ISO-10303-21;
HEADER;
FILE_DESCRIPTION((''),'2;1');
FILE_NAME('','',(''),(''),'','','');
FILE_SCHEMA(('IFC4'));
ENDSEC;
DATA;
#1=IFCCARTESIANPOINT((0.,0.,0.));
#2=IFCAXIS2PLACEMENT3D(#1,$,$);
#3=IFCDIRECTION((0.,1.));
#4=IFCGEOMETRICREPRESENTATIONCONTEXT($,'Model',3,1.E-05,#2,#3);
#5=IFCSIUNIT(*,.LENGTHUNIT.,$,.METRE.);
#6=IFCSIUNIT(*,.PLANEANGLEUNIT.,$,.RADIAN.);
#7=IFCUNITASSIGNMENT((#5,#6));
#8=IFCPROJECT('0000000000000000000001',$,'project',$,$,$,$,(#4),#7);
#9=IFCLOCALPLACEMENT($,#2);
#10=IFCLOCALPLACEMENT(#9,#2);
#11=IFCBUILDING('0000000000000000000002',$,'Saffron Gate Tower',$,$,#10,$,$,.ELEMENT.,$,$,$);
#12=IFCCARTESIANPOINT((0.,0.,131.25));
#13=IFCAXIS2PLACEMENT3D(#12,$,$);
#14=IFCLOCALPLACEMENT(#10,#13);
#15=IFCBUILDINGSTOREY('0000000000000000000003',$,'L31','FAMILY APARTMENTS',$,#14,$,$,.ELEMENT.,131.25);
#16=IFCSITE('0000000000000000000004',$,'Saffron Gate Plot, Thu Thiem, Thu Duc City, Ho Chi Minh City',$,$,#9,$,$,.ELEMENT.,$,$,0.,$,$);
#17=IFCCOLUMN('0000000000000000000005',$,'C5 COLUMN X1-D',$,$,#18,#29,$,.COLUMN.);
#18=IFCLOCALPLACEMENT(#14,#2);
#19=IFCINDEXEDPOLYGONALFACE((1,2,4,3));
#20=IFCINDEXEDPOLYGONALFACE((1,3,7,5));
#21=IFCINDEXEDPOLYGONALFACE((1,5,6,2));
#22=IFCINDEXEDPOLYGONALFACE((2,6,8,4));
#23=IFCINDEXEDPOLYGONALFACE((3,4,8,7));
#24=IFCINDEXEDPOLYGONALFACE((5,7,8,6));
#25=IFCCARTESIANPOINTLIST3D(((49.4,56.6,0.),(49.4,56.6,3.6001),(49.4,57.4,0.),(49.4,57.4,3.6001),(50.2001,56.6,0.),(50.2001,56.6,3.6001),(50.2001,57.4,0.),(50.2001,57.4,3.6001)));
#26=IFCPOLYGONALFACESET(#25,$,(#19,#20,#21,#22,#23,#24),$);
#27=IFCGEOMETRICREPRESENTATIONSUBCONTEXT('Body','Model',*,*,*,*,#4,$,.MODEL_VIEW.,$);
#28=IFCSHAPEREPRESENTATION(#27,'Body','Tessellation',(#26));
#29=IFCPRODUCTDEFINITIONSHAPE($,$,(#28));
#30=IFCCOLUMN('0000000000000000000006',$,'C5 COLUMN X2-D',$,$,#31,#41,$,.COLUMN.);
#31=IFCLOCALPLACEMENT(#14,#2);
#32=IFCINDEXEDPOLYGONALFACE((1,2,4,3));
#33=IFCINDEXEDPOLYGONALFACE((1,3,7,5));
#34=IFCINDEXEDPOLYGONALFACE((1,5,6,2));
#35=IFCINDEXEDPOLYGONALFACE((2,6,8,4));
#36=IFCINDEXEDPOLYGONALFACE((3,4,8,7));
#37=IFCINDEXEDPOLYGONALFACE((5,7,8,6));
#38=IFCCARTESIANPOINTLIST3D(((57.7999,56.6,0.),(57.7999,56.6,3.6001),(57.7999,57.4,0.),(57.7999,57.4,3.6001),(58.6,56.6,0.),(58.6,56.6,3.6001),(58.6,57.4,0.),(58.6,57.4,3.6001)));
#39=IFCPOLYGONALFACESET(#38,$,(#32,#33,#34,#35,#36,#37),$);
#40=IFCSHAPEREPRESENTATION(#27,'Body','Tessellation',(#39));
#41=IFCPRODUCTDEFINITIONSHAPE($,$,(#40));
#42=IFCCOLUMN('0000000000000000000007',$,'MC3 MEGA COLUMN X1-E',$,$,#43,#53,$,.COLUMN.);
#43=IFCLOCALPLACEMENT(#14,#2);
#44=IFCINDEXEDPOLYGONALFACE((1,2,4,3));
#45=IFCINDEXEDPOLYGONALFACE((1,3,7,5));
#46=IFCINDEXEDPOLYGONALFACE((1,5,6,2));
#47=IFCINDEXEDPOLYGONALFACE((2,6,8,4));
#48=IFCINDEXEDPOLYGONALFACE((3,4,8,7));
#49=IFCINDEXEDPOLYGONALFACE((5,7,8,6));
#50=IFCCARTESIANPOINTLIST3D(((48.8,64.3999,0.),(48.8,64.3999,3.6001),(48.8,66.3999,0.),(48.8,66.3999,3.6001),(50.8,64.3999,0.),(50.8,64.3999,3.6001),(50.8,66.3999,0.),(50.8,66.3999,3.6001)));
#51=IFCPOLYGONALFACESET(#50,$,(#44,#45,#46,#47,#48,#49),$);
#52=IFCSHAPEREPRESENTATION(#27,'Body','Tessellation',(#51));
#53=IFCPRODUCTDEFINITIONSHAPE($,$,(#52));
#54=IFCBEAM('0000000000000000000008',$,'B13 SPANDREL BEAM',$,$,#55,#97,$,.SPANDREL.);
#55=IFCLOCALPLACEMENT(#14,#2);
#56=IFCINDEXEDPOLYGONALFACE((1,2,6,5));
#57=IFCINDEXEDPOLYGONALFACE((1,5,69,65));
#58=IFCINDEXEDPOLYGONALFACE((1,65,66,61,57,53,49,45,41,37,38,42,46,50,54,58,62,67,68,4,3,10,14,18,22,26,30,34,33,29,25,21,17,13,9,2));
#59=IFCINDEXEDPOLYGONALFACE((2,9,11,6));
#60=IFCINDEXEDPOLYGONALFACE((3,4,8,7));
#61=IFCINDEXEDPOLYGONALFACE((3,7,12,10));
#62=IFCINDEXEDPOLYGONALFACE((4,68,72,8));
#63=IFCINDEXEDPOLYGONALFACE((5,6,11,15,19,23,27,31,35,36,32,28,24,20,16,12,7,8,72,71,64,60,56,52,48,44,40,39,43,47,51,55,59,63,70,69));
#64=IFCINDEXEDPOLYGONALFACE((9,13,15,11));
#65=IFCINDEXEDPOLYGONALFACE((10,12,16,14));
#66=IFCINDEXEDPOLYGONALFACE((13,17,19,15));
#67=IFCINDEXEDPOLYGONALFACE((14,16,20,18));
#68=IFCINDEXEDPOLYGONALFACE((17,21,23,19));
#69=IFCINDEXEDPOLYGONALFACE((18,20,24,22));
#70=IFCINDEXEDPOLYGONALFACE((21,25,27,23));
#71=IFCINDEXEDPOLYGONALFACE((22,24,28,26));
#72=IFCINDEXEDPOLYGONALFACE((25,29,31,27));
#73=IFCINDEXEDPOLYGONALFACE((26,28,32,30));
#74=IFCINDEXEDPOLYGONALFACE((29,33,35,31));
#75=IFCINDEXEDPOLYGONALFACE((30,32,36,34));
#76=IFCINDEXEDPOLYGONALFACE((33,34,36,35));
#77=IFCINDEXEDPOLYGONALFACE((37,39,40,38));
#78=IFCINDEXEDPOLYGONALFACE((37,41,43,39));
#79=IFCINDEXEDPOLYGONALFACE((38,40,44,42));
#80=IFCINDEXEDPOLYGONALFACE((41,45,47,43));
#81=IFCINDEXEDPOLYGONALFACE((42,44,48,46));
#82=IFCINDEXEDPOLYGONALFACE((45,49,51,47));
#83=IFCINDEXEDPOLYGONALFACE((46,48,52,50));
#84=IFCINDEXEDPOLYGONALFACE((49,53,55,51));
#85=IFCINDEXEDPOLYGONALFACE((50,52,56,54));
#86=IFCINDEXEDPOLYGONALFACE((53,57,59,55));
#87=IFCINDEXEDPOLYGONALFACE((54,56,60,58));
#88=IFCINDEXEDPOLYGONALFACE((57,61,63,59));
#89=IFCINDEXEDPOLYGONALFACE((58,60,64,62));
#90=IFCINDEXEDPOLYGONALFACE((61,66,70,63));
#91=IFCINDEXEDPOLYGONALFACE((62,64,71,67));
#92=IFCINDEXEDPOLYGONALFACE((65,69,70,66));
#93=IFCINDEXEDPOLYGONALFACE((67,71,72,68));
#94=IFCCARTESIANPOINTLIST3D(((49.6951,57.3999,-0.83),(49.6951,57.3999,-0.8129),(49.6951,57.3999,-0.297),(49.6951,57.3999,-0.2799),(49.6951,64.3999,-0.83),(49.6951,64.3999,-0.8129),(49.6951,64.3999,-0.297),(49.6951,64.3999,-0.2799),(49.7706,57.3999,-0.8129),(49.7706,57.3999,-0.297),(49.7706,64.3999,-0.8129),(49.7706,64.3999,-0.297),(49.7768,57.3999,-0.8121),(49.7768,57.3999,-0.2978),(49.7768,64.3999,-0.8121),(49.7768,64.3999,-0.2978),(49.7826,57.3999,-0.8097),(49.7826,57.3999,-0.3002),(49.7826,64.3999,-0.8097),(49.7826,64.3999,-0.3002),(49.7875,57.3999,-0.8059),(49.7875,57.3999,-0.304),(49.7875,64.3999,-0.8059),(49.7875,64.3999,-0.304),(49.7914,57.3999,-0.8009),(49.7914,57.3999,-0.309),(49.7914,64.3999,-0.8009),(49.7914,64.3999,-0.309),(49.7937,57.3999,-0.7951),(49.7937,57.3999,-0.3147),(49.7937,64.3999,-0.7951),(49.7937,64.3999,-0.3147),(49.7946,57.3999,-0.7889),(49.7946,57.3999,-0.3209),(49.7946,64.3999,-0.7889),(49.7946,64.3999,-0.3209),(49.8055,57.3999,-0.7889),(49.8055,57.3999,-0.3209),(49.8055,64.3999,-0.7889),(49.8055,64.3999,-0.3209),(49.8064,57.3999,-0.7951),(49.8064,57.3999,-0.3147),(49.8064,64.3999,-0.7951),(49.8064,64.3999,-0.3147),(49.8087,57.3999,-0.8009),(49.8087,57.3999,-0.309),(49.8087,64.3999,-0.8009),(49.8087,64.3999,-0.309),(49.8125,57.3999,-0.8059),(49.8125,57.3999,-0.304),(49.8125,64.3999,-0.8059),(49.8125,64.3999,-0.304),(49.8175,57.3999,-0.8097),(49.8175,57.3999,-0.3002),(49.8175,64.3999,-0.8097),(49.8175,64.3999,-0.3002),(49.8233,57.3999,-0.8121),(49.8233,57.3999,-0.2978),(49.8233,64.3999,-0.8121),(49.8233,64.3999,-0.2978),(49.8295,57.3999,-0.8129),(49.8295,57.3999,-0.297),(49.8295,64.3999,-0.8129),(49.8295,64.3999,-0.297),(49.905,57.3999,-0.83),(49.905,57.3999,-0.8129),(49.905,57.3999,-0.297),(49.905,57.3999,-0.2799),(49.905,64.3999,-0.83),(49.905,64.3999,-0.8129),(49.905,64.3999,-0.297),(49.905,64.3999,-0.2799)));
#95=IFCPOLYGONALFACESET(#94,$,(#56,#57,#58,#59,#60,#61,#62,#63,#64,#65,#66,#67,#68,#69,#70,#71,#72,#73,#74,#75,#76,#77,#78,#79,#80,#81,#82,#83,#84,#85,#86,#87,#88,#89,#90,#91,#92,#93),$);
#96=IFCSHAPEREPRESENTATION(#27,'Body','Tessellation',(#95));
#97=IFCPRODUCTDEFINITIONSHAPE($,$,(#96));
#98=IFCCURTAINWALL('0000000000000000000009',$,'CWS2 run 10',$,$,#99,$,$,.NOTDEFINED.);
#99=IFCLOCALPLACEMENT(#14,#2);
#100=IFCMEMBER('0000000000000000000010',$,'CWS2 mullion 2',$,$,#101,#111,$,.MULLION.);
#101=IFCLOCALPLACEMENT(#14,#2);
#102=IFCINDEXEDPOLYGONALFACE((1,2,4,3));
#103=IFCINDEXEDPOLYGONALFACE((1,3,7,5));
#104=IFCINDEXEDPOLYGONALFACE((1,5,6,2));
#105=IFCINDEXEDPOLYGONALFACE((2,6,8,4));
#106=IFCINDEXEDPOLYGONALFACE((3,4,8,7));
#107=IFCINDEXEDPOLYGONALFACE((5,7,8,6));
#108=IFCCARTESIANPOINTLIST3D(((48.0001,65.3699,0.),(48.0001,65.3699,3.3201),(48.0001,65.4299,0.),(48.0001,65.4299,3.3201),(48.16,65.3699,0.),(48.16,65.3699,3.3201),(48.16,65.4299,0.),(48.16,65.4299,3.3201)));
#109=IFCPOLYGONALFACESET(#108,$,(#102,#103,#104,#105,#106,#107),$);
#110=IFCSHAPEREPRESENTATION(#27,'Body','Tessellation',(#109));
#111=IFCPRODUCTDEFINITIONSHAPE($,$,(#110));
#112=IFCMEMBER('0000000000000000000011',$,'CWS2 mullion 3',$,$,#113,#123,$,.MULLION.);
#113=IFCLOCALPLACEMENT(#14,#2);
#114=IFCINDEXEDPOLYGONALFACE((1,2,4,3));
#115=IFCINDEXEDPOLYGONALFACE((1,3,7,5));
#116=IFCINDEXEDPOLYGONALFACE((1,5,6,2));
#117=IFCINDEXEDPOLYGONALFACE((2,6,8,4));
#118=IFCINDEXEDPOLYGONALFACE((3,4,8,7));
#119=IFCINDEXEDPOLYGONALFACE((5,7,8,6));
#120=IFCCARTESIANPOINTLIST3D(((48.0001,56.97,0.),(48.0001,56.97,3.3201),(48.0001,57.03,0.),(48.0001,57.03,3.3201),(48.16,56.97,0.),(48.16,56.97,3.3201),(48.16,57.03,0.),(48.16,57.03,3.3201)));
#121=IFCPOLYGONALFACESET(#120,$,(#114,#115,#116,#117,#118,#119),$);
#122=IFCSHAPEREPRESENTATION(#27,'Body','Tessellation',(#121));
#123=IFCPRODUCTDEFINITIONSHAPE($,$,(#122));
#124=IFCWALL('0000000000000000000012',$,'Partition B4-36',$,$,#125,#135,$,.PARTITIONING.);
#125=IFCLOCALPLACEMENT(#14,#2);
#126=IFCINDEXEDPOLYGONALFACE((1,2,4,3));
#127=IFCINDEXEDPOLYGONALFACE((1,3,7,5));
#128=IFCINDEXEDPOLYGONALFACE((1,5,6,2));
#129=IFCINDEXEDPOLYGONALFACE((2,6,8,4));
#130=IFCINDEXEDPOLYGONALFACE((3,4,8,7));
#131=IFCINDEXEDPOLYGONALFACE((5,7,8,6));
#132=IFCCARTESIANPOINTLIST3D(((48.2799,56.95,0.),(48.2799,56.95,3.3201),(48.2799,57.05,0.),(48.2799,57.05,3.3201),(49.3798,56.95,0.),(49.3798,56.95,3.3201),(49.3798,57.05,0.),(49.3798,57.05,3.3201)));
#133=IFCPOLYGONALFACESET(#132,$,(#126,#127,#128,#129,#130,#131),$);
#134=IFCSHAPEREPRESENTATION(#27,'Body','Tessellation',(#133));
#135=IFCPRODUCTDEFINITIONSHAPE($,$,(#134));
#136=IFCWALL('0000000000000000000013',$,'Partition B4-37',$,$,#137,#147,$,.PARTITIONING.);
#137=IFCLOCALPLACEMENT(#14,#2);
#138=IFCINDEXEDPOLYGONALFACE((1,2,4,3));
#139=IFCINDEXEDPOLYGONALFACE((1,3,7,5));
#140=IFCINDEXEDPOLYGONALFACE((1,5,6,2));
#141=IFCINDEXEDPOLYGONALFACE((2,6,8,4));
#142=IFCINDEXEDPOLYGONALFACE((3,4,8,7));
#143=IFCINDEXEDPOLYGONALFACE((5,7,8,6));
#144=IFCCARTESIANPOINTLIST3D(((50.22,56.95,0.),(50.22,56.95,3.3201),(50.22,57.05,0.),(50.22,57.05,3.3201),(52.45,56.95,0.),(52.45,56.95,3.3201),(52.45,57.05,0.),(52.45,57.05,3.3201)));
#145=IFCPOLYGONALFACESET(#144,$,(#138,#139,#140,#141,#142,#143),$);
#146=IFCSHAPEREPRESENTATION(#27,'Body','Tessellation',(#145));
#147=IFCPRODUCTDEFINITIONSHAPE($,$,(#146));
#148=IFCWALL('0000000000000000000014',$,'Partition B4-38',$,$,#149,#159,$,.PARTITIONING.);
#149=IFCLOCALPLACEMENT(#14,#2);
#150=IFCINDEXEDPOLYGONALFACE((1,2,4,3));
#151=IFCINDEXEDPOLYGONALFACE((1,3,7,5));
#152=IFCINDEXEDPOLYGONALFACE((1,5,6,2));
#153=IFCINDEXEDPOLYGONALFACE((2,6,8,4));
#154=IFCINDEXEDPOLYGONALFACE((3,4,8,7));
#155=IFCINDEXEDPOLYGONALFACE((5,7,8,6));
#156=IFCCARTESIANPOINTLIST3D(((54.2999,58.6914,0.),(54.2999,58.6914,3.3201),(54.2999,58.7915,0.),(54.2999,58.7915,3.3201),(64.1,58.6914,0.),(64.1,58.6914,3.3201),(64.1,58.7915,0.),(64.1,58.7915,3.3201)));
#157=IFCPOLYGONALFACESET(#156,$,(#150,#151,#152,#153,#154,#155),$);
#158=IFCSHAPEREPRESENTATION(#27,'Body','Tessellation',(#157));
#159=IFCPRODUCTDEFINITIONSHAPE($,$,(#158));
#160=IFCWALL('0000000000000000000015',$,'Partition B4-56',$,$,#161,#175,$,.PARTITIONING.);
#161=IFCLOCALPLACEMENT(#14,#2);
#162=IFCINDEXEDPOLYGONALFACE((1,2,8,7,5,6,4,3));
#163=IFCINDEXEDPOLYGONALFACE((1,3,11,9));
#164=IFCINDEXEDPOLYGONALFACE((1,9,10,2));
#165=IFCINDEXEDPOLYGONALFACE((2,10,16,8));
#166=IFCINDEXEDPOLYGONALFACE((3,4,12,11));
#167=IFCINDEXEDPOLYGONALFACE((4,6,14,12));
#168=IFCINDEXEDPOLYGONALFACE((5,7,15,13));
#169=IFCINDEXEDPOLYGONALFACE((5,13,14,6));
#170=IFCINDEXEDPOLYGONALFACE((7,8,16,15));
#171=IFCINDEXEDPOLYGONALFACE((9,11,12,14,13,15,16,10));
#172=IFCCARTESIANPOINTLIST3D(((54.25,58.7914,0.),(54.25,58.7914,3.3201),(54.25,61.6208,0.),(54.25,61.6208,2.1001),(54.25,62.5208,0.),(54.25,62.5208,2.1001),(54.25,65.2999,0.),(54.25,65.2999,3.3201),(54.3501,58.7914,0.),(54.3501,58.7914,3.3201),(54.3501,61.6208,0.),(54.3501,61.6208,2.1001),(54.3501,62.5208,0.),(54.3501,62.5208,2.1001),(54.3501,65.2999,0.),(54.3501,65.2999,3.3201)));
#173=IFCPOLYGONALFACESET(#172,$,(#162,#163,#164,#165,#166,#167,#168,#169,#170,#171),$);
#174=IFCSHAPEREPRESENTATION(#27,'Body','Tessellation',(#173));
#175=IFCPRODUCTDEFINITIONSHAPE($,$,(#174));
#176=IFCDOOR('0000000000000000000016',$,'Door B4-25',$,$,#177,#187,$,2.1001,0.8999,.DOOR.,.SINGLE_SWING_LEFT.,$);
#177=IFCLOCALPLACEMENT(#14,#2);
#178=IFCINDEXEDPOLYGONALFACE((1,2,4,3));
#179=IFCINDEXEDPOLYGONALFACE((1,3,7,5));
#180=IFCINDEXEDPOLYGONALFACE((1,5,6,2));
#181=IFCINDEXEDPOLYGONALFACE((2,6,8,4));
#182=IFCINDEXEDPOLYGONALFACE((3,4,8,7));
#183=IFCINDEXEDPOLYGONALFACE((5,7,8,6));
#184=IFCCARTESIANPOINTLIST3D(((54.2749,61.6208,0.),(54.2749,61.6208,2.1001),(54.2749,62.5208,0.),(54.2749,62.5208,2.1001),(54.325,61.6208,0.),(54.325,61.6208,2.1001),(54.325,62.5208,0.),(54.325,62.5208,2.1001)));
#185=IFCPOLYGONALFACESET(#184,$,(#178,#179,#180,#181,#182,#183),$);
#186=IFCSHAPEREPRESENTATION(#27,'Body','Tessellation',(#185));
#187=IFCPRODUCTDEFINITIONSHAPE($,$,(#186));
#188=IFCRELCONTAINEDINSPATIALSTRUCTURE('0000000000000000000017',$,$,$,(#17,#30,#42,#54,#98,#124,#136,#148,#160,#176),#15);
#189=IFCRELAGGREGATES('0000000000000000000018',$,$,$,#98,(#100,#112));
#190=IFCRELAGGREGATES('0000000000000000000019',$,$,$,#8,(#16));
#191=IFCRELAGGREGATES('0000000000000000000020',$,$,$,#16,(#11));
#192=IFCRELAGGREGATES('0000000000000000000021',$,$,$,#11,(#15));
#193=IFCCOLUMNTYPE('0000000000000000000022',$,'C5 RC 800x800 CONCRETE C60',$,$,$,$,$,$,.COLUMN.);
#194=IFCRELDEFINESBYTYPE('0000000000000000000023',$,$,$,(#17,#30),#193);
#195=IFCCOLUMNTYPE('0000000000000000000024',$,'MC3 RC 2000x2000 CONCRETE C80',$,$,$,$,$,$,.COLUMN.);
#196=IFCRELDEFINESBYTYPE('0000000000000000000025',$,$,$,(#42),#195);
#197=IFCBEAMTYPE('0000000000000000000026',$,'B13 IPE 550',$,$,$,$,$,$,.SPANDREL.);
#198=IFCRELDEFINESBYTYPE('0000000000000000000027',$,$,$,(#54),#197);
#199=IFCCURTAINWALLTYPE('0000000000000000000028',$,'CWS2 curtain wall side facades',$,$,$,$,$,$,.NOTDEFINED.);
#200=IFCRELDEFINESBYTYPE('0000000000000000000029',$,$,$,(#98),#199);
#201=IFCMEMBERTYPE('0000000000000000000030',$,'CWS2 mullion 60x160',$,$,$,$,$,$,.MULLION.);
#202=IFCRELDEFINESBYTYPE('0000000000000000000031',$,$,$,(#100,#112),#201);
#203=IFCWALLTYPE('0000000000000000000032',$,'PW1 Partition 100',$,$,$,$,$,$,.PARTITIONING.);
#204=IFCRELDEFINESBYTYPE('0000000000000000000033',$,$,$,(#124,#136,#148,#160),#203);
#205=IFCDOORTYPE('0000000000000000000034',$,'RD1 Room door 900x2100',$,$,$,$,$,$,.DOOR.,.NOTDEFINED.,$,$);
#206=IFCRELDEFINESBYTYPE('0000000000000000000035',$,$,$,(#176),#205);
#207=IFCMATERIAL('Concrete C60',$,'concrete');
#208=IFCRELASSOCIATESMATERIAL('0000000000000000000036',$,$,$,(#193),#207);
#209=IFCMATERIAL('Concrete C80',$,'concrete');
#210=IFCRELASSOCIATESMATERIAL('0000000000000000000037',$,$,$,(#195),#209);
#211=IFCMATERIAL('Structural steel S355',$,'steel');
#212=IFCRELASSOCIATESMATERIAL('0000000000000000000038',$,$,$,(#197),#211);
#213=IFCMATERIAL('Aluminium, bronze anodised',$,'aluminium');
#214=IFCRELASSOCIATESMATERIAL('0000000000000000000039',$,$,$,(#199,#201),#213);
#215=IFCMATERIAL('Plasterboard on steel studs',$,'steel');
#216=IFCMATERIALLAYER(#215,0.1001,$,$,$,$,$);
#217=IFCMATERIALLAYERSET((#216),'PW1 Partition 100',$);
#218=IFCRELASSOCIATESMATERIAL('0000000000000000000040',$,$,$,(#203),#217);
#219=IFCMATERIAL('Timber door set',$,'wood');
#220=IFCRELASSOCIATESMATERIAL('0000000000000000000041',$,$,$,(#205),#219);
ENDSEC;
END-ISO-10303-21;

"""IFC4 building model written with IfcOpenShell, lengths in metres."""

from ifc_helpers import new_model, si_unit, direction, frame, frame_2d, origin, origin_2d, place, context, subcontext, project, spatial, rectangle, i_section, extrude, material, layer, layer_set, material_profile, profile_set, type_object, element, fill, aggregate, save


model = new_model("IFC4")

# Units and contexts
model_context = context("Model", 3, precision=1e-05, world=origin(), true_north=direction((0.0, 1.0)))
body_context = subcontext(model_context, "Body", "Model", "MODEL_VIEW")
ifc_project = project(units=[si_unit("LENGTHUNIT", "METRE"), si_unit("PLANEANGLEUNIT", "RADIAN")], contexts=[model_context])

# Site, building, storey
site_placement = place(None, origin())
site = spatial("IfcSite", under=ifc_project, at=site_placement, Name="Saffron Gate Plot, Thu Thiem, Thu Duc City, Ho Chi Minh City", CompositionType="ELEMENT", RefElevation=0.0)
building_placement = place(site_placement, origin())
building = spatial("IfcBuilding", under=site, at=building_placement, Name="Saffron Gate Tower", CompositionType="ELEMENT")
storey_placement = place(building_placement, frame((0.0, 0.0, 131.25)))
storey = spatial("IfcBuildingStorey", under=building, at=storey_placement, Name="L31", Description="FAMILY APARTMENTS", CompositionType="ELEMENT", Elevation=131.25)

# Columns
ifc_material_1 = material(Name="Concrete C60", Category="concrete")
ifc_material_profile_1 = material_profile(ifc_material_1, rectangle(XDim=0.8, YDim=0.8, at=origin_2d()))
ifc_profile_set_1 = profile_set([ifc_material_profile_1], Name="Concrete C60")
column_type_1 = type_object("IfcColumnType", Name="C5 RC 800x800 CONCRETE C60", PredefinedType="COLUMN", material=ifc_profile_set_1)
for number, where, z_axis, x_axis, name in (
    (1, (49.8, 57.0, 0.0), (0.0, 0.0, 1.0), (1.0, 0.0, 0.0), "C5 COLUMN X1-D"),
    (2, (58.2, 57.0, 0.0), (0.0, 0.0, 1.0), (1.0, 0.0, 0.0), "C5 COLUMN X2-D"),
):
    element("IfcColumn", number, at=place(storey_placement, frame(where, z_axis=z_axis, x_axis=x_axis)), inside=storey, type_object=column_type_1, Name=name, PredefinedType="COLUMN", context=body_context, shape_type="SweptSolid", body=[
        extrude(rectangle(XDim=0.8, YDim=0.8, at=origin_2d()), origin(), (0.0, 0.0, 1.0), 3.6001),
    ])
ifc_material_2 = material(Name="Concrete C80", Category="concrete")
ifc_material_profile_2 = material_profile(ifc_material_2, rectangle(XDim=2.0, YDim=2.0, at=origin_2d()))
ifc_profile_set_2 = profile_set([ifc_material_profile_2], Name="Concrete C80")
column_type_2 = type_object("IfcColumnType", Name="MC3 RC 2000x2000 CONCRETE C80", PredefinedType="COLUMN", material=ifc_profile_set_2)
column_placement = place(storey_placement, frame((49.8, 65.3999, 0.0), z_axis=(0.0, 0.0, 1.0), x_axis=(1.0, 0.0, 0.0)))
element("IfcColumn", 3, at=column_placement, inside=storey, type_object=column_type_2, Name="MC3 MEGA COLUMN X1-E", PredefinedType="COLUMN", context=body_context, shape_type="SweptSolid", body=[
    extrude(rectangle(XDim=2.0, YDim=2.0, at=origin_2d()), origin(), (0.0, 0.0, 1.0), 3.6001),
])

# Beam
ifc_material_3 = material(Name="Structural steel S355", Category="steel")
ifc_material_profile_3 = material_profile(ifc_material_3, i_section(OverallWidth=0.21, OverallDepth=0.55, WebThickness=0.011, FlangeThickness=0.0171, FilletRadius=0.0239, at=origin_2d()))
ifc_profile_set_3 = profile_set([ifc_material_profile_3], Name="Structural steel S355")
beam_type = type_object("IfcBeamType", Name="B13 IPE 550", PredefinedType="SPANDREL", material=ifc_profile_set_3)
beam_placement = place(storey_placement, frame((49.8, 57.3999, -0.5549), z_axis=(0.0, 1.0, 0.0), x_axis=(-1.0, 0.0, 0.0)))
element("IfcBeam", 4, at=beam_placement, inside=storey, type_object=beam_type, Name="B13 SPANDREL BEAM", PredefinedType="SPANDREL", context=body_context, shape_type="SweptSolid", body=[
    extrude(i_section(OverallWidth=0.21, OverallDepth=0.55, WebThickness=0.011, FlangeThickness=0.0171, FilletRadius=0.0239, at=origin_2d()), origin(), (0.0, 0.0, 1.0), 7.0),
])

# Curtain wall, members
ifc_material_4 = material(Name="Aluminium, bronze anodised", Category="aluminium")
curtain_wall_type = type_object("IfcCurtainWallType", Name="CWS2 curtain wall side facades", PredefinedType="NOTDEFINED", material=ifc_material_4)
curtain_wall_placement = place(storey_placement, origin())
curtain_wall = element("IfcCurtainWall", 5, at=curtain_wall_placement, inside=storey, type_object=curtain_wall_type, Name="CWS2 run 10", PredefinedType="NOTDEFINED")
ifc_material_profile_4 = material_profile(ifc_material_4, rectangle(XDim=0.1599, YDim=0.0601, at=origin_2d()))
ifc_profile_set_4 = profile_set([ifc_material_profile_4], Name="Aluminium, bronze anodised")
member_type = type_object("IfcMemberType", Name="CWS2 mullion 60x160", PredefinedType="MULLION", material=ifc_profile_set_4)
member_1_placement = place(storey_placement, frame((48.0801, 65.3999, 0.0), z_axis=(0.0, 0.0, 1.0), x_axis=(1.0, 0.0, 0.0)))
member_1 = element("IfcMember", 6, at=member_1_placement, type_object=member_type, Name="CWS2 mullion 2", PredefinedType="MULLION", context=body_context, shape_type="SweptSolid", body=[
    extrude(rectangle(XDim=0.1599, YDim=0.0601, at=origin_2d()), origin(), (0.0, 0.0, 1.0), 3.3201),
])
member_2_placement = place(storey_placement, frame((48.0801, 57.0, 0.0), z_axis=(0.0, 0.0, 1.0), x_axis=(1.0, 0.0, 0.0)))
member_2 = element("IfcMember", 7, at=member_2_placement, type_object=member_type, Name="CWS2 mullion 3", PredefinedType="MULLION", context=body_context, shape_type="SweptSolid", body=[
    extrude(rectangle(XDim=0.1599, YDim=0.0601, at=origin_2d()), origin(), (0.0, 0.0, 1.0), 3.3201),
])
aggregate(curtain_wall, [member_1, member_2])

# Walls
ifc_material_5 = material(Name="Plasterboard on steel studs", Category="steel")
ifc_layer_1 = layer(ifc_material_5, 0.1001)
ifc_layer_set_1 = layer_set([ifc_layer_1], Name="PW1 Partition 100")
wall_type_1 = type_object("IfcWallType", Name="PW1 Partition 100", PredefinedType="PARTITIONING", material=ifc_layer_set_1)
wall_1_placement = place(storey_placement, frame((48.28, 57.0, 0.0), z_axis=(0.0, 0.0, 1.0), x_axis=(1.0, 0.0, 0.0)))
element("IfcWall", 8, at=wall_1_placement, inside=storey, type_object=wall_type_1, Name="Partition B4-36", PredefinedType="PARTITIONING", context=body_context, shape_type="SweptSolid", body=[
    extrude(rectangle(XDim=1.0999, YDim=0.1001, at=frame_2d((0.5498, 0.0))), origin(), (0.0, 0.0, 1.0), 3.3201),
])
wall_2_placement = place(storey_placement, frame((50.22, 57.0, 0.0), z_axis=(0.0, 0.0, 1.0), x_axis=(1.0, 0.0, 0.0)))
element("IfcWall", 9, at=wall_2_placement, inside=storey, type_object=wall_type_1, Name="Partition B4-37", PredefinedType="PARTITIONING", context=body_context, shape_type="SweptSolid", body=[
    extrude(rectangle(XDim=2.23, YDim=0.1001, at=frame_2d((1.115, 0.0))), origin(), (0.0, 0.0, 1.0), 3.3201),
])
wall_3_placement = place(storey_placement, frame((54.3, 58.7415, 0.0), z_axis=(0.0, 0.0, 1.0), x_axis=(1.0, 0.0, 0.0)))
element("IfcWall", 10, at=wall_3_placement, inside=storey, type_object=wall_type_1, Name="Partition B4-38", PredefinedType="PARTITIONING", context=body_context, shape_type="SweptSolid", body=[
    extrude(rectangle(XDim=9.8, YDim=0.1001, at=frame_2d((4.8999, 0.0))), origin(), (0.0, 0.0, 1.0), 3.3201),
])

# Wall, opening, door
wall_4_placement = place(storey_placement, frame((54.3, 65.3, 0.0), z_axis=(0.0, 0.0, 1.0), x_axis=(0.0, -1.0, 0.0)))
wall_4 = element("IfcWall", 11, at=wall_4_placement, inside=storey, type_object=wall_type_1, Name="Partition B4-56", PredefinedType="PARTITIONING", context=body_context, shape_type="SweptSolid", body=[
    extrude(rectangle(XDim=6.5085, YDim=0.1001, at=frame_2d((3.2544, 0.0))), origin(), (0.0, 0.0, 1.0), 3.3201),
])
opening_placement = place(wall_4_placement, frame((2.7793, 0.0, 0.0)))
opening = element("IfcOpeningElement", 12, at=opening_placement, cuts=wall_4, PredefinedType="OPENING", context=body_context, shape_type="SweptSolid", body=[
    extrude(rectangle(XDim=0.8999, YDim=2.1001, at=frame_2d((0.45, 1.05))), frame((0.0, 0.0601, 0.0), z_axis=(0.0, -1.0, 0.0), x_axis=(1.0, 0.0, 0.0)), (0.0, 0.0, 1.0), 0.1201),
])
ifc_material_6 = material(Name="Timber door set", Category="wood")
door_type = type_object("IfcDoorType", Name="RD1 Room door 900x2100", OperationType="NOTDEFINED", PredefinedType="DOOR", material=ifc_material_6)
door_placement = place(opening_placement, origin())
door = element("IfcDoor", 13, at=door_placement, inside=storey, type_object=door_type, Name="Door B4-25", OperationType="SINGLE_SWING_LEFT", OverallHeight=2.1001, OverallWidth=0.8999, PredefinedType="DOOR", context=body_context, shape_type="SweptSolid", body=[
    extrude(rectangle(XDim=0.8999, YDim=2.1001, at=frame_2d((0.45, 1.05))), frame((0.0, 0.0249, 0.0), z_axis=(0.0, -1.0, 0.0), x_axis=(1.0, 0.0, 0.0)), (0.0, 0.0, 1.0), 0.05),
])
fill(opening, door)

save(model, "model.ifc")
